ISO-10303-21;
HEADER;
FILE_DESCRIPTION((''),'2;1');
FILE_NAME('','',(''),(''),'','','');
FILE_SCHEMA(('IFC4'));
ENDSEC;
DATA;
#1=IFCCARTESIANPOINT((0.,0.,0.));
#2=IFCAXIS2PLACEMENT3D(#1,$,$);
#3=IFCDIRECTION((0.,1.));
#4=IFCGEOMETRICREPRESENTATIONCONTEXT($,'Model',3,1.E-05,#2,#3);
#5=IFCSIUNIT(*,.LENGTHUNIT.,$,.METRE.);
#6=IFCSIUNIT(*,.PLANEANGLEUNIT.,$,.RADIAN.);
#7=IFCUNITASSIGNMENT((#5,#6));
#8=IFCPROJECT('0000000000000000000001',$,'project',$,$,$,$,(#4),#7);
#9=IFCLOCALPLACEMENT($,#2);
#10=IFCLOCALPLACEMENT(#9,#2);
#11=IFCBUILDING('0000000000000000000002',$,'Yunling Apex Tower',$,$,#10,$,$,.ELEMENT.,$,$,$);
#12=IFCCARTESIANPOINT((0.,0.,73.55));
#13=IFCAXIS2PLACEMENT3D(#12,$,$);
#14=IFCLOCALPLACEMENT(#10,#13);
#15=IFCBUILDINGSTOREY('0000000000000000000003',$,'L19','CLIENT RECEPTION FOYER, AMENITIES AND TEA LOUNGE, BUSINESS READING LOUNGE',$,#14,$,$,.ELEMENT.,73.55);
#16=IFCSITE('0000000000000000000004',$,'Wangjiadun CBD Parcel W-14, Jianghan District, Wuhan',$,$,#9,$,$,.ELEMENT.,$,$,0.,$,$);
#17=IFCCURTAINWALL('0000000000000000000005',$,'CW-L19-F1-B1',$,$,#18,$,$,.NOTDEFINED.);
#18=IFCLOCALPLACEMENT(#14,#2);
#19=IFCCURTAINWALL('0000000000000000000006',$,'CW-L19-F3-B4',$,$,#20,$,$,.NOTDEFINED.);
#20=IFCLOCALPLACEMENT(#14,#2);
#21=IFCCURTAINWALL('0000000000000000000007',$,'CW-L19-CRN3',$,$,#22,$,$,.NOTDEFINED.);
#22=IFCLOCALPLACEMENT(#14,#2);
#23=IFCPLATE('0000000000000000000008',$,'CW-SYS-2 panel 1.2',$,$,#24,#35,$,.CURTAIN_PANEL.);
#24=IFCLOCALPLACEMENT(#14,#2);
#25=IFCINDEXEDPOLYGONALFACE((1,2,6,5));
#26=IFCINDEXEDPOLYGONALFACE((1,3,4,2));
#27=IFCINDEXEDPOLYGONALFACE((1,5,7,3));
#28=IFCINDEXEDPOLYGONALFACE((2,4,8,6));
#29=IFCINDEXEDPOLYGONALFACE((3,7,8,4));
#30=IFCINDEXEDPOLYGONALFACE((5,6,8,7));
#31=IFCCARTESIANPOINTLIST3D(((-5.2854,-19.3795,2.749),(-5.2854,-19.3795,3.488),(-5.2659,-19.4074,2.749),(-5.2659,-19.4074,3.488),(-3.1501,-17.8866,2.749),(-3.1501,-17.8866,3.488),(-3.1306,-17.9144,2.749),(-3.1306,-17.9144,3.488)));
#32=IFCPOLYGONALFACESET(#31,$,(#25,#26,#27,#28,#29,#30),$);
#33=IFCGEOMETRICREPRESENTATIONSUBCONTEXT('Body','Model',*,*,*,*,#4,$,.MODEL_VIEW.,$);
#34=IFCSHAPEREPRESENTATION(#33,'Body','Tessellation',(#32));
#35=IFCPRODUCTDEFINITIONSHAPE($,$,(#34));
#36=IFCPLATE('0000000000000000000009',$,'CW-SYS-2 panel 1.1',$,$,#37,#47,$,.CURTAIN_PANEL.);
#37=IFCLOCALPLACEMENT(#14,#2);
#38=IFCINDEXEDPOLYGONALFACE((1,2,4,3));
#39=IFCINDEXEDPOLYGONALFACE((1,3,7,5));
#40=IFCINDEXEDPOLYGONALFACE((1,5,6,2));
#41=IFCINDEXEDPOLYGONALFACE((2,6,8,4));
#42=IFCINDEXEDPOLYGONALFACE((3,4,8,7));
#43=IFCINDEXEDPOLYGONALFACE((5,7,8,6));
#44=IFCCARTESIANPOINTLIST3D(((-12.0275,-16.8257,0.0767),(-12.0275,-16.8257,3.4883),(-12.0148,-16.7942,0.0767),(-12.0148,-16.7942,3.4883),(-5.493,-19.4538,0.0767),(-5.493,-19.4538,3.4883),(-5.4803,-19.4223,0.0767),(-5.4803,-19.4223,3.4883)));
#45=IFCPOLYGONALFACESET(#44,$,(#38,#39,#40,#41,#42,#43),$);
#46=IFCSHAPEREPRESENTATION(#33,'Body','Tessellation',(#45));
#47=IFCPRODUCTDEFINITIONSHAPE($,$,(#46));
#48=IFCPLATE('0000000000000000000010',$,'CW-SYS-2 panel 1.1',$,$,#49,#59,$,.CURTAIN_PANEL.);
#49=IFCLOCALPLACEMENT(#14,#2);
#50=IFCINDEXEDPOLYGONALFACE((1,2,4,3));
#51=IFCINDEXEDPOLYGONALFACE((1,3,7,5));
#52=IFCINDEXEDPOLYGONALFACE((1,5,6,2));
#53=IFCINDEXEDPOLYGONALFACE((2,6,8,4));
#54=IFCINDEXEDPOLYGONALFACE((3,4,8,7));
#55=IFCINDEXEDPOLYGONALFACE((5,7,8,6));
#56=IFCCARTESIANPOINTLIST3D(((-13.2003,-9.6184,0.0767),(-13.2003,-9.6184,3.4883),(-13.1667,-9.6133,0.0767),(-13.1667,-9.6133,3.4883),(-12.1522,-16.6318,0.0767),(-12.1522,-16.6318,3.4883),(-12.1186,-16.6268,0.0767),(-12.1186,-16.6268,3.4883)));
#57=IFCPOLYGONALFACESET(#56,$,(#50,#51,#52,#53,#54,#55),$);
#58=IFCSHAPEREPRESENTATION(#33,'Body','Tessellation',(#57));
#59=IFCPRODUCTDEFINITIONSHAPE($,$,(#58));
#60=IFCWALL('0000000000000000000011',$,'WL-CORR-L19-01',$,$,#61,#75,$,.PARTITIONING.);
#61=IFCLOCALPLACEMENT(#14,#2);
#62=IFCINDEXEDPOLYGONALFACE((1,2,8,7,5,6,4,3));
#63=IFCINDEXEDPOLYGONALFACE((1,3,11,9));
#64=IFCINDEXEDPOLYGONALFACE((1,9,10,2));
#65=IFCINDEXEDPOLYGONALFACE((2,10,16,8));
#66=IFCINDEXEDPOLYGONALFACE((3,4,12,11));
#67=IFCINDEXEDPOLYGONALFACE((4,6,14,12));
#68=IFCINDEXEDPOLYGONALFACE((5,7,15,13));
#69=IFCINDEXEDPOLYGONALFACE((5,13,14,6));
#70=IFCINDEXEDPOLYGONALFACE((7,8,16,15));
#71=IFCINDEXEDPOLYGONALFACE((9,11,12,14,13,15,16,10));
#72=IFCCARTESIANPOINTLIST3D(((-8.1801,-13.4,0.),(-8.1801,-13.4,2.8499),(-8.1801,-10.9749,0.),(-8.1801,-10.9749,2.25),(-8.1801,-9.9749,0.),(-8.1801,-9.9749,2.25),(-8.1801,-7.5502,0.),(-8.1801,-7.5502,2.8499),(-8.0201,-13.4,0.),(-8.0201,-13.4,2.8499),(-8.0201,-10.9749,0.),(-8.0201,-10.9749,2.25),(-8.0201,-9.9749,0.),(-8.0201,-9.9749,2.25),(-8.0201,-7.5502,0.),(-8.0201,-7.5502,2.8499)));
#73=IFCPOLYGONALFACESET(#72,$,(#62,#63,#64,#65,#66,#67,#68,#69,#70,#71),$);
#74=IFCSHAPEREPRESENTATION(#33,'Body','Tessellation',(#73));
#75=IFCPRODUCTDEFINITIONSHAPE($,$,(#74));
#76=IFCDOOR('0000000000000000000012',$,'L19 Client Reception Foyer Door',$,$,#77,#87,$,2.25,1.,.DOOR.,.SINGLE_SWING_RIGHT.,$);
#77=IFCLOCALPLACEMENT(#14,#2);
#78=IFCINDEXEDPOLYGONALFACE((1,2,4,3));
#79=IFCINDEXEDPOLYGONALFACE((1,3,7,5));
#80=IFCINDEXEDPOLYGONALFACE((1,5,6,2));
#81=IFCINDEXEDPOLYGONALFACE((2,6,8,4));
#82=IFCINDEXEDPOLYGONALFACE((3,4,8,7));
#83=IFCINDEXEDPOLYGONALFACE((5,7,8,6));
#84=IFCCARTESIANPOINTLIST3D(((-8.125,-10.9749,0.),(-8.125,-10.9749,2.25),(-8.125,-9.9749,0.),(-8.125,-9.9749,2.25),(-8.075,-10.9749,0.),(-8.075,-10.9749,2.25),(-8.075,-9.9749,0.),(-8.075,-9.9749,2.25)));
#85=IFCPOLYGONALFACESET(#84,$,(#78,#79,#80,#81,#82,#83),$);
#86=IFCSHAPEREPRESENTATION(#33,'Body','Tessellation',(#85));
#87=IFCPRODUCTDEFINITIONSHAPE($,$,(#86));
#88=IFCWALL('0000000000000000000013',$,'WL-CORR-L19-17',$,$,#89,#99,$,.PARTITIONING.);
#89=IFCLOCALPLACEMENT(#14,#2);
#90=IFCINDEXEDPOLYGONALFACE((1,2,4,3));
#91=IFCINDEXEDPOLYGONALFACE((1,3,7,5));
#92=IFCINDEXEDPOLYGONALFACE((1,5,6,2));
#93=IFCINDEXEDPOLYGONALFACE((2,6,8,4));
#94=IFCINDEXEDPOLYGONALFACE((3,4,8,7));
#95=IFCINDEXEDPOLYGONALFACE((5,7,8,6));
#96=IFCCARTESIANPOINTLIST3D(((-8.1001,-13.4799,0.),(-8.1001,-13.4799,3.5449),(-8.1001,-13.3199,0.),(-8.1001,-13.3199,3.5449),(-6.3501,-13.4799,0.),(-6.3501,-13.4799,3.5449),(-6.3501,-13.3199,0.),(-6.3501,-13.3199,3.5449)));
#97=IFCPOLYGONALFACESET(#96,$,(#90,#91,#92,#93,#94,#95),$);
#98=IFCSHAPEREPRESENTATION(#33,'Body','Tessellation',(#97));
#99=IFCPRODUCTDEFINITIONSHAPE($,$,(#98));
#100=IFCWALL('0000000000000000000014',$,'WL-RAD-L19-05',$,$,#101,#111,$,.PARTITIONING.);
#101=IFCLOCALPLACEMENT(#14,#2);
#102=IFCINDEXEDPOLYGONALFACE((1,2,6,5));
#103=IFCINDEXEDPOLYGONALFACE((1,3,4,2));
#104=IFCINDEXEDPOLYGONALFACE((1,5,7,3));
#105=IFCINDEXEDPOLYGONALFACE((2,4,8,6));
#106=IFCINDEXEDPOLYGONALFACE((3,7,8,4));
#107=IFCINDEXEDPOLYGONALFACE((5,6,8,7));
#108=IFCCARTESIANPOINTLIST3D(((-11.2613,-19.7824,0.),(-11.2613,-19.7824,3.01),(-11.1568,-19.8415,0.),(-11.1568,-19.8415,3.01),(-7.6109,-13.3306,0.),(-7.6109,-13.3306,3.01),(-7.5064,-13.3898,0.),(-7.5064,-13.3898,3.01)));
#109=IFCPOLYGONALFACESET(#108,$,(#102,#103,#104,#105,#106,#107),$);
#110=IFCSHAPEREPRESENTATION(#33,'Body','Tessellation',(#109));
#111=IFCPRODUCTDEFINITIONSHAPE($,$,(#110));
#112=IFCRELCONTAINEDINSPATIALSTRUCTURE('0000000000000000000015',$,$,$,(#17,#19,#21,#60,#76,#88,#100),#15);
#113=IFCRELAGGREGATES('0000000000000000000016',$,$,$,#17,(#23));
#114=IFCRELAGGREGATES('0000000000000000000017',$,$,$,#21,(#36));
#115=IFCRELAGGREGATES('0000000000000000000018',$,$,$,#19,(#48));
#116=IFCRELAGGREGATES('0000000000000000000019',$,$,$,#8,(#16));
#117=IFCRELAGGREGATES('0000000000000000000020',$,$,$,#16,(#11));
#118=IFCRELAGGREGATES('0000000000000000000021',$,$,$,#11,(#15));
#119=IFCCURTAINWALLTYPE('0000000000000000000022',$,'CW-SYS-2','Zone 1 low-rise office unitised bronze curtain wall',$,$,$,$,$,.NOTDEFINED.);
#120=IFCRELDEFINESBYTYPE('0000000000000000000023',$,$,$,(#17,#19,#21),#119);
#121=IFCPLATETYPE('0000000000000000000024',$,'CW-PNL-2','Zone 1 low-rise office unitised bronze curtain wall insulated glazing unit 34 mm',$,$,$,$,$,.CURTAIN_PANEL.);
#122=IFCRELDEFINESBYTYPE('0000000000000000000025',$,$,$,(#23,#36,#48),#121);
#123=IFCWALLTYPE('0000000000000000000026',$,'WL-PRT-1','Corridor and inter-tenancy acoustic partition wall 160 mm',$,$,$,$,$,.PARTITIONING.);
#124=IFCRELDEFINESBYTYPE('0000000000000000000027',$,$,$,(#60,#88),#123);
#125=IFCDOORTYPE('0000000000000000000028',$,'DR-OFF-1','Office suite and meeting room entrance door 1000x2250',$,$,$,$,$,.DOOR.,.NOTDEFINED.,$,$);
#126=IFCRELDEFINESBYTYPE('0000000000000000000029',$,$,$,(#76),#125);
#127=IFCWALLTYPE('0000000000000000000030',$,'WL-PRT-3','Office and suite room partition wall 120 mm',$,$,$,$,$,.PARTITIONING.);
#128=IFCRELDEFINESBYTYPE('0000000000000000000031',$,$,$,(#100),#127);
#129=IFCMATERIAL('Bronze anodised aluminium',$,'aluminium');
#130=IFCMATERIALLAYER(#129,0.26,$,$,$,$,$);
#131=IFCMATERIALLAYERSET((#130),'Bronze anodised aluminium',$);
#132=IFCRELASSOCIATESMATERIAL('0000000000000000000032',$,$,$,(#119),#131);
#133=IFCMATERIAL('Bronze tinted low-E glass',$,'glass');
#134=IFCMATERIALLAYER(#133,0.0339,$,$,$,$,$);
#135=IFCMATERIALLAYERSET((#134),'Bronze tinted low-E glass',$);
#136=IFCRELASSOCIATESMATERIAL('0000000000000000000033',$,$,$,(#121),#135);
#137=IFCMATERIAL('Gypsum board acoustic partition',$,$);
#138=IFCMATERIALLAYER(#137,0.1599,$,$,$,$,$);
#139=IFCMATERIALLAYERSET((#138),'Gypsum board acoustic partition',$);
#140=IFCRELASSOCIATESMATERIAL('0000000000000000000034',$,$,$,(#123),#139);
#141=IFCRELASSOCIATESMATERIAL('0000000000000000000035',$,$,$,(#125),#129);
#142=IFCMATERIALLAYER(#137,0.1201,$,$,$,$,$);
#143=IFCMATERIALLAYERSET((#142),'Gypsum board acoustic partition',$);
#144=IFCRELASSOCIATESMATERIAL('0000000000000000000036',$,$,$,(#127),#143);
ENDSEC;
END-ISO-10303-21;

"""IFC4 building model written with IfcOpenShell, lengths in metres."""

from ifc_helpers import new_model, si_unit, direction, frame, frame_2d, origin, origin_2d, place, context, subcontext, project, spatial, rectangle, extrude, source, transform, mapped, material, layer, layer_set, type_object, element, fill, aggregate, save


model = new_model("IFC4")

# Units and contexts
model_context = context("Model", 3, precision=1e-05, world=origin(), true_north=direction((0.0, 1.0)))
body_context = subcontext(model_context, "Body", "Model", "MODEL_VIEW")
ifc_project = project(units=[si_unit("LENGTHUNIT", "METRE"), si_unit("PLANEANGLEUNIT", "RADIAN")], contexts=[model_context])

# Site, building, storey
site_placement = place(None, origin())
site = spatial("IfcSite", under=ifc_project, at=site_placement, Name="Wangjiadun CBD Parcel W-14, Jianghan District, Wuhan", CompositionType="ELEMENT", RefElevation=0.0)
building_placement = place(site_placement, origin())
building = spatial("IfcBuilding", under=site, at=building_placement, Name="Yunling Apex Tower", CompositionType="ELEMENT")
storey_placement = place(building_placement, frame((0.0, 0.0, 73.55)))
storey = spatial("IfcBuildingStorey", under=building, at=storey_placement, Name="L19", Description="CLIENT RECEPTION FOYER, AMENITIES AND TEA LOUNGE, BUSINESS READING LOUNGE", CompositionType="ELEMENT", Elevation=73.55)

# Curtain wall
ifc_material_1 = material(Name="Bronze anodised aluminium", Category="aluminium")
ifc_layer_1 = layer(ifc_material_1, 0.26)
ifc_layer_set_1 = layer_set([ifc_layer_1], Name="Bronze anodised aluminium")
curtain_wall_type = type_object("IfcCurtainWallType", Name="CW-SYS-2", Description="Zone 1 low-rise office unitised bronze curtain wall", PredefinedType="NOTDEFINED", material=ifc_layer_set_1)
curtain_wall_1_placement = place(storey_placement, origin())
curtain_wall_1 = element("IfcCurtainWall", 1, at=curtain_wall_1_placement, inside=storey, type_object=curtain_wall_type, Name="CW-L19-F1-B1", PredefinedType="NOTDEFINED")

# Curtain walls
curtain_wall_2_placement = place(storey_placement, origin())
curtain_wall_2 = element("IfcCurtainWall", 2, at=curtain_wall_2_placement, inside=storey, type_object=curtain_wall_type, Name="CW-L19-F3-B4", PredefinedType="NOTDEFINED")
curtain_wall_3_placement = place(storey_placement, origin())
curtain_wall_3 = element("IfcCurtainWall", 3, at=curtain_wall_3_placement, inside=storey, type_object=curtain_wall_type, Name="CW-L19-CRN3", PredefinedType="NOTDEFINED")

# Plates
ifc_material_2 = material(Name="Bronze tinted low-E glass", Category="glass")
ifc_layer_2 = layer(ifc_material_2, 0.0339)
ifc_layer_set_2 = layer_set([ifc_layer_2], Name="Bronze tinted low-E glass")
plate_type = type_object("IfcPlateType", Name="CW-PNL-2", Description="Zone 1 low-rise office unitised bronze curtain wall insulated glazing unit 34 mm", PredefinedType="CURTAIN_PANEL", material=ifc_layer_set_2)
shared_shape_1 = source(origin(), body_context, "Body", "SweptSolid", [
    extrude(rectangle(XDim=2.6055, YDim=0.0339, at=origin_2d()), origin(), (0.0, 0.0, 1.0), 0.739),
])
plate_1_placement = place(storey_placement, frame((-4.208, -18.647, 2.749), z_axis=(0.0, 0.0, 1.0), x_axis=(0.819552, 0.573004, 0.0)))
plate_1 = element("IfcPlate", 4, at=plate_1_placement, type_object=plate_type, Name="CW-SYS-2 panel 1.2", PredefinedType="CURTAIN_PANEL", context=body_context, shape_type="MappedRepresentation", body=[
    mapped(shared_shape_1, transform((0.0, 0.0, 0.0), scale=1.0)),
])
aggregate(curtain_wall_1, [plate_1])
shared_shape_2 = source(origin(), body_context, "Body", "SweptSolid", [
    extrude(rectangle(XDim=7.0432, YDim=0.0339, at=origin_2d()), origin(), (0.0, 0.0, 1.0), 3.4116),
])
plate_2_placement = place(storey_placement, frame((-8.7539, -18.124, 0.0767), z_axis=(0.0, 0.0, 1.0), x_axis=(0.927774, -0.373144, 0.0)))
plate_2 = element("IfcPlate", 5, at=plate_2_placement, type_object=plate_type, Name="CW-SYS-2 panel 1.1", PredefinedType="CURTAIN_PANEL", context=body_context, shape_type="MappedRepresentation", body=[
    mapped(shared_shape_2, transform((0.0, 0.0, 0.0), scale=1.0)),
])
aggregate(curtain_wall_3, [plate_2])
shared_shape_3 = source(origin(), body_context, "Body", "SweptSolid", [
    extrude(rectangle(XDim=7.0913, YDim=0.0339, at=origin_2d()), origin(), (0.0, 0.0, 1.0), 3.4116),
])
plate_3_placement = place(storey_placement, frame((-12.6594, -13.1226, 0.0767), z_axis=(0.0, 0.0, 1.0), x_axis=(0.147801, -0.989017, 0.0)))
plate_3 = element("IfcPlate", 6, at=plate_3_placement, type_object=plate_type, Name="CW-SYS-2 panel 1.1", PredefinedType="CURTAIN_PANEL", context=body_context, shape_type="MappedRepresentation", body=[
    mapped(shared_shape_3, transform((0.0, 0.0, 0.0), scale=1.0)),
])
aggregate(curtain_wall_2, [plate_3])

# Wall, opening, door
ifc_material_3 = material(Name="Gypsum board acoustic partition")
ifc_layer_3 = layer(ifc_material_3, 0.1599)
ifc_layer_set_3 = layer_set([ifc_layer_3], Name="Gypsum board acoustic partition")
wall_type_1 = type_object("IfcWallType", Name="WL-PRT-1", Description="Corridor and inter-tenancy acoustic partition wall 160 mm", PredefinedType="PARTITIONING", material=ifc_layer_set_3)
wall_1_placement = place(storey_placement, frame((-8.1001, -13.3999, 0.0), z_axis=(0.0, 0.0, 1.0), x_axis=(0.0, 1.0, 0.0)))
wall_1 = element("IfcWall", 7, at=wall_1_placement, inside=storey, type_object=wall_type_1, Name="WL-CORR-L19-01", PredefinedType="PARTITIONING", context=body_context, shape_type="SweptSolid", body=[
    extrude(rectangle(XDim=5.8499, YDim=0.1599, at=frame_2d((2.9248, 0.0))), origin(), (0.0, 0.0, 1.0), 2.8499),
])
opening_placement = place(wall_1_placement, frame((2.425, 0.0, 0.0)))
opening = element("IfcOpeningElement", 8, at=opening_placement, cuts=wall_1, PredefinedType="OPENING", context=body_context, shape_type="SweptSolid", body=[
    extrude(rectangle(XDim=1.0, YDim=2.25, at=frame_2d((0.5, 1.125))), frame((0.0, 0.0898, 0.0), z_axis=(0.0, -1.0, 0.0), x_axis=(1.0, 0.0, 0.0)), (0.0, 0.0, 1.0), 0.1799),
])
door_type = type_object("IfcDoorType", Name="DR-OFF-1", Description="Office suite and meeting room entrance door 1000x2250", OperationType="NOTDEFINED", PredefinedType="DOOR", material=ifc_material_1)
door_placement = place(opening_placement, origin())
door = element("IfcDoor", 9, at=door_placement, inside=storey, type_object=door_type, Name="L19 Client Reception Foyer Door", OperationType="SINGLE_SWING_RIGHT", OverallHeight=2.25, OverallWidth=1.0, PredefinedType="DOOR", context=body_context, shape_type="SweptSolid", body=[
    extrude(rectangle(XDim=1.0, YDim=2.25, at=frame_2d((0.5, 1.125))), frame((0.0, 0.0249, 0.0), z_axis=(0.0, -1.0, 0.0), x_axis=(1.0, 0.0, 0.0)), (0.0, 0.0, 1.0), 0.05),
])
fill(opening, door)

# Walls
wall_2_placement = place(storey_placement, frame((-6.3501, -13.3999, 0.0), z_axis=(0.0, 0.0, 1.0), x_axis=(-1.0, 0.0, 0.0)))
element("IfcWall", 10, at=wall_2_placement, inside=storey, type_object=wall_type_1, Name="WL-CORR-L19-17", PredefinedType="PARTITIONING", context=body_context, shape_type="SweptSolid", body=[
    extrude(rectangle(XDim=1.75, YDim=0.1599, at=frame_2d((0.875, 0.0))), origin(), (0.0, 0.0, 1.0), 3.5449),
])
ifc_layer_4 = layer(ifc_material_3, 0.1201)
ifc_layer_set_4 = layer_set([ifc_layer_4], Name="Gypsum board acoustic partition")
wall_type_2 = type_object("IfcWallType", Name="WL-PRT-3", Description="Office and suite room partition wall 120 mm", PredefinedType="PARTITIONING", material=ifc_layer_set_4)
wall_3_placement = place(storey_placement, frame((-7.5586, -13.3601, 0.0), z_axis=(0.0, 0.0, 1.0), x_axis=(-0.492446, -0.870343, 0.0)))
element("IfcWall", 11, at=wall_3_placement, inside=storey, type_object=wall_type_2, Name="WL-RAD-L19-05", PredefinedType="PARTITIONING", context=body_context, shape_type="SweptSolid", body=[
    extrude(rectangle(XDim=7.4128, YDim=0.1201, at=frame_2d((3.7065, 0.0))), origin(), (0.0, 0.0, 1.0), 3.01),
])

save(model, "model.ifc")
